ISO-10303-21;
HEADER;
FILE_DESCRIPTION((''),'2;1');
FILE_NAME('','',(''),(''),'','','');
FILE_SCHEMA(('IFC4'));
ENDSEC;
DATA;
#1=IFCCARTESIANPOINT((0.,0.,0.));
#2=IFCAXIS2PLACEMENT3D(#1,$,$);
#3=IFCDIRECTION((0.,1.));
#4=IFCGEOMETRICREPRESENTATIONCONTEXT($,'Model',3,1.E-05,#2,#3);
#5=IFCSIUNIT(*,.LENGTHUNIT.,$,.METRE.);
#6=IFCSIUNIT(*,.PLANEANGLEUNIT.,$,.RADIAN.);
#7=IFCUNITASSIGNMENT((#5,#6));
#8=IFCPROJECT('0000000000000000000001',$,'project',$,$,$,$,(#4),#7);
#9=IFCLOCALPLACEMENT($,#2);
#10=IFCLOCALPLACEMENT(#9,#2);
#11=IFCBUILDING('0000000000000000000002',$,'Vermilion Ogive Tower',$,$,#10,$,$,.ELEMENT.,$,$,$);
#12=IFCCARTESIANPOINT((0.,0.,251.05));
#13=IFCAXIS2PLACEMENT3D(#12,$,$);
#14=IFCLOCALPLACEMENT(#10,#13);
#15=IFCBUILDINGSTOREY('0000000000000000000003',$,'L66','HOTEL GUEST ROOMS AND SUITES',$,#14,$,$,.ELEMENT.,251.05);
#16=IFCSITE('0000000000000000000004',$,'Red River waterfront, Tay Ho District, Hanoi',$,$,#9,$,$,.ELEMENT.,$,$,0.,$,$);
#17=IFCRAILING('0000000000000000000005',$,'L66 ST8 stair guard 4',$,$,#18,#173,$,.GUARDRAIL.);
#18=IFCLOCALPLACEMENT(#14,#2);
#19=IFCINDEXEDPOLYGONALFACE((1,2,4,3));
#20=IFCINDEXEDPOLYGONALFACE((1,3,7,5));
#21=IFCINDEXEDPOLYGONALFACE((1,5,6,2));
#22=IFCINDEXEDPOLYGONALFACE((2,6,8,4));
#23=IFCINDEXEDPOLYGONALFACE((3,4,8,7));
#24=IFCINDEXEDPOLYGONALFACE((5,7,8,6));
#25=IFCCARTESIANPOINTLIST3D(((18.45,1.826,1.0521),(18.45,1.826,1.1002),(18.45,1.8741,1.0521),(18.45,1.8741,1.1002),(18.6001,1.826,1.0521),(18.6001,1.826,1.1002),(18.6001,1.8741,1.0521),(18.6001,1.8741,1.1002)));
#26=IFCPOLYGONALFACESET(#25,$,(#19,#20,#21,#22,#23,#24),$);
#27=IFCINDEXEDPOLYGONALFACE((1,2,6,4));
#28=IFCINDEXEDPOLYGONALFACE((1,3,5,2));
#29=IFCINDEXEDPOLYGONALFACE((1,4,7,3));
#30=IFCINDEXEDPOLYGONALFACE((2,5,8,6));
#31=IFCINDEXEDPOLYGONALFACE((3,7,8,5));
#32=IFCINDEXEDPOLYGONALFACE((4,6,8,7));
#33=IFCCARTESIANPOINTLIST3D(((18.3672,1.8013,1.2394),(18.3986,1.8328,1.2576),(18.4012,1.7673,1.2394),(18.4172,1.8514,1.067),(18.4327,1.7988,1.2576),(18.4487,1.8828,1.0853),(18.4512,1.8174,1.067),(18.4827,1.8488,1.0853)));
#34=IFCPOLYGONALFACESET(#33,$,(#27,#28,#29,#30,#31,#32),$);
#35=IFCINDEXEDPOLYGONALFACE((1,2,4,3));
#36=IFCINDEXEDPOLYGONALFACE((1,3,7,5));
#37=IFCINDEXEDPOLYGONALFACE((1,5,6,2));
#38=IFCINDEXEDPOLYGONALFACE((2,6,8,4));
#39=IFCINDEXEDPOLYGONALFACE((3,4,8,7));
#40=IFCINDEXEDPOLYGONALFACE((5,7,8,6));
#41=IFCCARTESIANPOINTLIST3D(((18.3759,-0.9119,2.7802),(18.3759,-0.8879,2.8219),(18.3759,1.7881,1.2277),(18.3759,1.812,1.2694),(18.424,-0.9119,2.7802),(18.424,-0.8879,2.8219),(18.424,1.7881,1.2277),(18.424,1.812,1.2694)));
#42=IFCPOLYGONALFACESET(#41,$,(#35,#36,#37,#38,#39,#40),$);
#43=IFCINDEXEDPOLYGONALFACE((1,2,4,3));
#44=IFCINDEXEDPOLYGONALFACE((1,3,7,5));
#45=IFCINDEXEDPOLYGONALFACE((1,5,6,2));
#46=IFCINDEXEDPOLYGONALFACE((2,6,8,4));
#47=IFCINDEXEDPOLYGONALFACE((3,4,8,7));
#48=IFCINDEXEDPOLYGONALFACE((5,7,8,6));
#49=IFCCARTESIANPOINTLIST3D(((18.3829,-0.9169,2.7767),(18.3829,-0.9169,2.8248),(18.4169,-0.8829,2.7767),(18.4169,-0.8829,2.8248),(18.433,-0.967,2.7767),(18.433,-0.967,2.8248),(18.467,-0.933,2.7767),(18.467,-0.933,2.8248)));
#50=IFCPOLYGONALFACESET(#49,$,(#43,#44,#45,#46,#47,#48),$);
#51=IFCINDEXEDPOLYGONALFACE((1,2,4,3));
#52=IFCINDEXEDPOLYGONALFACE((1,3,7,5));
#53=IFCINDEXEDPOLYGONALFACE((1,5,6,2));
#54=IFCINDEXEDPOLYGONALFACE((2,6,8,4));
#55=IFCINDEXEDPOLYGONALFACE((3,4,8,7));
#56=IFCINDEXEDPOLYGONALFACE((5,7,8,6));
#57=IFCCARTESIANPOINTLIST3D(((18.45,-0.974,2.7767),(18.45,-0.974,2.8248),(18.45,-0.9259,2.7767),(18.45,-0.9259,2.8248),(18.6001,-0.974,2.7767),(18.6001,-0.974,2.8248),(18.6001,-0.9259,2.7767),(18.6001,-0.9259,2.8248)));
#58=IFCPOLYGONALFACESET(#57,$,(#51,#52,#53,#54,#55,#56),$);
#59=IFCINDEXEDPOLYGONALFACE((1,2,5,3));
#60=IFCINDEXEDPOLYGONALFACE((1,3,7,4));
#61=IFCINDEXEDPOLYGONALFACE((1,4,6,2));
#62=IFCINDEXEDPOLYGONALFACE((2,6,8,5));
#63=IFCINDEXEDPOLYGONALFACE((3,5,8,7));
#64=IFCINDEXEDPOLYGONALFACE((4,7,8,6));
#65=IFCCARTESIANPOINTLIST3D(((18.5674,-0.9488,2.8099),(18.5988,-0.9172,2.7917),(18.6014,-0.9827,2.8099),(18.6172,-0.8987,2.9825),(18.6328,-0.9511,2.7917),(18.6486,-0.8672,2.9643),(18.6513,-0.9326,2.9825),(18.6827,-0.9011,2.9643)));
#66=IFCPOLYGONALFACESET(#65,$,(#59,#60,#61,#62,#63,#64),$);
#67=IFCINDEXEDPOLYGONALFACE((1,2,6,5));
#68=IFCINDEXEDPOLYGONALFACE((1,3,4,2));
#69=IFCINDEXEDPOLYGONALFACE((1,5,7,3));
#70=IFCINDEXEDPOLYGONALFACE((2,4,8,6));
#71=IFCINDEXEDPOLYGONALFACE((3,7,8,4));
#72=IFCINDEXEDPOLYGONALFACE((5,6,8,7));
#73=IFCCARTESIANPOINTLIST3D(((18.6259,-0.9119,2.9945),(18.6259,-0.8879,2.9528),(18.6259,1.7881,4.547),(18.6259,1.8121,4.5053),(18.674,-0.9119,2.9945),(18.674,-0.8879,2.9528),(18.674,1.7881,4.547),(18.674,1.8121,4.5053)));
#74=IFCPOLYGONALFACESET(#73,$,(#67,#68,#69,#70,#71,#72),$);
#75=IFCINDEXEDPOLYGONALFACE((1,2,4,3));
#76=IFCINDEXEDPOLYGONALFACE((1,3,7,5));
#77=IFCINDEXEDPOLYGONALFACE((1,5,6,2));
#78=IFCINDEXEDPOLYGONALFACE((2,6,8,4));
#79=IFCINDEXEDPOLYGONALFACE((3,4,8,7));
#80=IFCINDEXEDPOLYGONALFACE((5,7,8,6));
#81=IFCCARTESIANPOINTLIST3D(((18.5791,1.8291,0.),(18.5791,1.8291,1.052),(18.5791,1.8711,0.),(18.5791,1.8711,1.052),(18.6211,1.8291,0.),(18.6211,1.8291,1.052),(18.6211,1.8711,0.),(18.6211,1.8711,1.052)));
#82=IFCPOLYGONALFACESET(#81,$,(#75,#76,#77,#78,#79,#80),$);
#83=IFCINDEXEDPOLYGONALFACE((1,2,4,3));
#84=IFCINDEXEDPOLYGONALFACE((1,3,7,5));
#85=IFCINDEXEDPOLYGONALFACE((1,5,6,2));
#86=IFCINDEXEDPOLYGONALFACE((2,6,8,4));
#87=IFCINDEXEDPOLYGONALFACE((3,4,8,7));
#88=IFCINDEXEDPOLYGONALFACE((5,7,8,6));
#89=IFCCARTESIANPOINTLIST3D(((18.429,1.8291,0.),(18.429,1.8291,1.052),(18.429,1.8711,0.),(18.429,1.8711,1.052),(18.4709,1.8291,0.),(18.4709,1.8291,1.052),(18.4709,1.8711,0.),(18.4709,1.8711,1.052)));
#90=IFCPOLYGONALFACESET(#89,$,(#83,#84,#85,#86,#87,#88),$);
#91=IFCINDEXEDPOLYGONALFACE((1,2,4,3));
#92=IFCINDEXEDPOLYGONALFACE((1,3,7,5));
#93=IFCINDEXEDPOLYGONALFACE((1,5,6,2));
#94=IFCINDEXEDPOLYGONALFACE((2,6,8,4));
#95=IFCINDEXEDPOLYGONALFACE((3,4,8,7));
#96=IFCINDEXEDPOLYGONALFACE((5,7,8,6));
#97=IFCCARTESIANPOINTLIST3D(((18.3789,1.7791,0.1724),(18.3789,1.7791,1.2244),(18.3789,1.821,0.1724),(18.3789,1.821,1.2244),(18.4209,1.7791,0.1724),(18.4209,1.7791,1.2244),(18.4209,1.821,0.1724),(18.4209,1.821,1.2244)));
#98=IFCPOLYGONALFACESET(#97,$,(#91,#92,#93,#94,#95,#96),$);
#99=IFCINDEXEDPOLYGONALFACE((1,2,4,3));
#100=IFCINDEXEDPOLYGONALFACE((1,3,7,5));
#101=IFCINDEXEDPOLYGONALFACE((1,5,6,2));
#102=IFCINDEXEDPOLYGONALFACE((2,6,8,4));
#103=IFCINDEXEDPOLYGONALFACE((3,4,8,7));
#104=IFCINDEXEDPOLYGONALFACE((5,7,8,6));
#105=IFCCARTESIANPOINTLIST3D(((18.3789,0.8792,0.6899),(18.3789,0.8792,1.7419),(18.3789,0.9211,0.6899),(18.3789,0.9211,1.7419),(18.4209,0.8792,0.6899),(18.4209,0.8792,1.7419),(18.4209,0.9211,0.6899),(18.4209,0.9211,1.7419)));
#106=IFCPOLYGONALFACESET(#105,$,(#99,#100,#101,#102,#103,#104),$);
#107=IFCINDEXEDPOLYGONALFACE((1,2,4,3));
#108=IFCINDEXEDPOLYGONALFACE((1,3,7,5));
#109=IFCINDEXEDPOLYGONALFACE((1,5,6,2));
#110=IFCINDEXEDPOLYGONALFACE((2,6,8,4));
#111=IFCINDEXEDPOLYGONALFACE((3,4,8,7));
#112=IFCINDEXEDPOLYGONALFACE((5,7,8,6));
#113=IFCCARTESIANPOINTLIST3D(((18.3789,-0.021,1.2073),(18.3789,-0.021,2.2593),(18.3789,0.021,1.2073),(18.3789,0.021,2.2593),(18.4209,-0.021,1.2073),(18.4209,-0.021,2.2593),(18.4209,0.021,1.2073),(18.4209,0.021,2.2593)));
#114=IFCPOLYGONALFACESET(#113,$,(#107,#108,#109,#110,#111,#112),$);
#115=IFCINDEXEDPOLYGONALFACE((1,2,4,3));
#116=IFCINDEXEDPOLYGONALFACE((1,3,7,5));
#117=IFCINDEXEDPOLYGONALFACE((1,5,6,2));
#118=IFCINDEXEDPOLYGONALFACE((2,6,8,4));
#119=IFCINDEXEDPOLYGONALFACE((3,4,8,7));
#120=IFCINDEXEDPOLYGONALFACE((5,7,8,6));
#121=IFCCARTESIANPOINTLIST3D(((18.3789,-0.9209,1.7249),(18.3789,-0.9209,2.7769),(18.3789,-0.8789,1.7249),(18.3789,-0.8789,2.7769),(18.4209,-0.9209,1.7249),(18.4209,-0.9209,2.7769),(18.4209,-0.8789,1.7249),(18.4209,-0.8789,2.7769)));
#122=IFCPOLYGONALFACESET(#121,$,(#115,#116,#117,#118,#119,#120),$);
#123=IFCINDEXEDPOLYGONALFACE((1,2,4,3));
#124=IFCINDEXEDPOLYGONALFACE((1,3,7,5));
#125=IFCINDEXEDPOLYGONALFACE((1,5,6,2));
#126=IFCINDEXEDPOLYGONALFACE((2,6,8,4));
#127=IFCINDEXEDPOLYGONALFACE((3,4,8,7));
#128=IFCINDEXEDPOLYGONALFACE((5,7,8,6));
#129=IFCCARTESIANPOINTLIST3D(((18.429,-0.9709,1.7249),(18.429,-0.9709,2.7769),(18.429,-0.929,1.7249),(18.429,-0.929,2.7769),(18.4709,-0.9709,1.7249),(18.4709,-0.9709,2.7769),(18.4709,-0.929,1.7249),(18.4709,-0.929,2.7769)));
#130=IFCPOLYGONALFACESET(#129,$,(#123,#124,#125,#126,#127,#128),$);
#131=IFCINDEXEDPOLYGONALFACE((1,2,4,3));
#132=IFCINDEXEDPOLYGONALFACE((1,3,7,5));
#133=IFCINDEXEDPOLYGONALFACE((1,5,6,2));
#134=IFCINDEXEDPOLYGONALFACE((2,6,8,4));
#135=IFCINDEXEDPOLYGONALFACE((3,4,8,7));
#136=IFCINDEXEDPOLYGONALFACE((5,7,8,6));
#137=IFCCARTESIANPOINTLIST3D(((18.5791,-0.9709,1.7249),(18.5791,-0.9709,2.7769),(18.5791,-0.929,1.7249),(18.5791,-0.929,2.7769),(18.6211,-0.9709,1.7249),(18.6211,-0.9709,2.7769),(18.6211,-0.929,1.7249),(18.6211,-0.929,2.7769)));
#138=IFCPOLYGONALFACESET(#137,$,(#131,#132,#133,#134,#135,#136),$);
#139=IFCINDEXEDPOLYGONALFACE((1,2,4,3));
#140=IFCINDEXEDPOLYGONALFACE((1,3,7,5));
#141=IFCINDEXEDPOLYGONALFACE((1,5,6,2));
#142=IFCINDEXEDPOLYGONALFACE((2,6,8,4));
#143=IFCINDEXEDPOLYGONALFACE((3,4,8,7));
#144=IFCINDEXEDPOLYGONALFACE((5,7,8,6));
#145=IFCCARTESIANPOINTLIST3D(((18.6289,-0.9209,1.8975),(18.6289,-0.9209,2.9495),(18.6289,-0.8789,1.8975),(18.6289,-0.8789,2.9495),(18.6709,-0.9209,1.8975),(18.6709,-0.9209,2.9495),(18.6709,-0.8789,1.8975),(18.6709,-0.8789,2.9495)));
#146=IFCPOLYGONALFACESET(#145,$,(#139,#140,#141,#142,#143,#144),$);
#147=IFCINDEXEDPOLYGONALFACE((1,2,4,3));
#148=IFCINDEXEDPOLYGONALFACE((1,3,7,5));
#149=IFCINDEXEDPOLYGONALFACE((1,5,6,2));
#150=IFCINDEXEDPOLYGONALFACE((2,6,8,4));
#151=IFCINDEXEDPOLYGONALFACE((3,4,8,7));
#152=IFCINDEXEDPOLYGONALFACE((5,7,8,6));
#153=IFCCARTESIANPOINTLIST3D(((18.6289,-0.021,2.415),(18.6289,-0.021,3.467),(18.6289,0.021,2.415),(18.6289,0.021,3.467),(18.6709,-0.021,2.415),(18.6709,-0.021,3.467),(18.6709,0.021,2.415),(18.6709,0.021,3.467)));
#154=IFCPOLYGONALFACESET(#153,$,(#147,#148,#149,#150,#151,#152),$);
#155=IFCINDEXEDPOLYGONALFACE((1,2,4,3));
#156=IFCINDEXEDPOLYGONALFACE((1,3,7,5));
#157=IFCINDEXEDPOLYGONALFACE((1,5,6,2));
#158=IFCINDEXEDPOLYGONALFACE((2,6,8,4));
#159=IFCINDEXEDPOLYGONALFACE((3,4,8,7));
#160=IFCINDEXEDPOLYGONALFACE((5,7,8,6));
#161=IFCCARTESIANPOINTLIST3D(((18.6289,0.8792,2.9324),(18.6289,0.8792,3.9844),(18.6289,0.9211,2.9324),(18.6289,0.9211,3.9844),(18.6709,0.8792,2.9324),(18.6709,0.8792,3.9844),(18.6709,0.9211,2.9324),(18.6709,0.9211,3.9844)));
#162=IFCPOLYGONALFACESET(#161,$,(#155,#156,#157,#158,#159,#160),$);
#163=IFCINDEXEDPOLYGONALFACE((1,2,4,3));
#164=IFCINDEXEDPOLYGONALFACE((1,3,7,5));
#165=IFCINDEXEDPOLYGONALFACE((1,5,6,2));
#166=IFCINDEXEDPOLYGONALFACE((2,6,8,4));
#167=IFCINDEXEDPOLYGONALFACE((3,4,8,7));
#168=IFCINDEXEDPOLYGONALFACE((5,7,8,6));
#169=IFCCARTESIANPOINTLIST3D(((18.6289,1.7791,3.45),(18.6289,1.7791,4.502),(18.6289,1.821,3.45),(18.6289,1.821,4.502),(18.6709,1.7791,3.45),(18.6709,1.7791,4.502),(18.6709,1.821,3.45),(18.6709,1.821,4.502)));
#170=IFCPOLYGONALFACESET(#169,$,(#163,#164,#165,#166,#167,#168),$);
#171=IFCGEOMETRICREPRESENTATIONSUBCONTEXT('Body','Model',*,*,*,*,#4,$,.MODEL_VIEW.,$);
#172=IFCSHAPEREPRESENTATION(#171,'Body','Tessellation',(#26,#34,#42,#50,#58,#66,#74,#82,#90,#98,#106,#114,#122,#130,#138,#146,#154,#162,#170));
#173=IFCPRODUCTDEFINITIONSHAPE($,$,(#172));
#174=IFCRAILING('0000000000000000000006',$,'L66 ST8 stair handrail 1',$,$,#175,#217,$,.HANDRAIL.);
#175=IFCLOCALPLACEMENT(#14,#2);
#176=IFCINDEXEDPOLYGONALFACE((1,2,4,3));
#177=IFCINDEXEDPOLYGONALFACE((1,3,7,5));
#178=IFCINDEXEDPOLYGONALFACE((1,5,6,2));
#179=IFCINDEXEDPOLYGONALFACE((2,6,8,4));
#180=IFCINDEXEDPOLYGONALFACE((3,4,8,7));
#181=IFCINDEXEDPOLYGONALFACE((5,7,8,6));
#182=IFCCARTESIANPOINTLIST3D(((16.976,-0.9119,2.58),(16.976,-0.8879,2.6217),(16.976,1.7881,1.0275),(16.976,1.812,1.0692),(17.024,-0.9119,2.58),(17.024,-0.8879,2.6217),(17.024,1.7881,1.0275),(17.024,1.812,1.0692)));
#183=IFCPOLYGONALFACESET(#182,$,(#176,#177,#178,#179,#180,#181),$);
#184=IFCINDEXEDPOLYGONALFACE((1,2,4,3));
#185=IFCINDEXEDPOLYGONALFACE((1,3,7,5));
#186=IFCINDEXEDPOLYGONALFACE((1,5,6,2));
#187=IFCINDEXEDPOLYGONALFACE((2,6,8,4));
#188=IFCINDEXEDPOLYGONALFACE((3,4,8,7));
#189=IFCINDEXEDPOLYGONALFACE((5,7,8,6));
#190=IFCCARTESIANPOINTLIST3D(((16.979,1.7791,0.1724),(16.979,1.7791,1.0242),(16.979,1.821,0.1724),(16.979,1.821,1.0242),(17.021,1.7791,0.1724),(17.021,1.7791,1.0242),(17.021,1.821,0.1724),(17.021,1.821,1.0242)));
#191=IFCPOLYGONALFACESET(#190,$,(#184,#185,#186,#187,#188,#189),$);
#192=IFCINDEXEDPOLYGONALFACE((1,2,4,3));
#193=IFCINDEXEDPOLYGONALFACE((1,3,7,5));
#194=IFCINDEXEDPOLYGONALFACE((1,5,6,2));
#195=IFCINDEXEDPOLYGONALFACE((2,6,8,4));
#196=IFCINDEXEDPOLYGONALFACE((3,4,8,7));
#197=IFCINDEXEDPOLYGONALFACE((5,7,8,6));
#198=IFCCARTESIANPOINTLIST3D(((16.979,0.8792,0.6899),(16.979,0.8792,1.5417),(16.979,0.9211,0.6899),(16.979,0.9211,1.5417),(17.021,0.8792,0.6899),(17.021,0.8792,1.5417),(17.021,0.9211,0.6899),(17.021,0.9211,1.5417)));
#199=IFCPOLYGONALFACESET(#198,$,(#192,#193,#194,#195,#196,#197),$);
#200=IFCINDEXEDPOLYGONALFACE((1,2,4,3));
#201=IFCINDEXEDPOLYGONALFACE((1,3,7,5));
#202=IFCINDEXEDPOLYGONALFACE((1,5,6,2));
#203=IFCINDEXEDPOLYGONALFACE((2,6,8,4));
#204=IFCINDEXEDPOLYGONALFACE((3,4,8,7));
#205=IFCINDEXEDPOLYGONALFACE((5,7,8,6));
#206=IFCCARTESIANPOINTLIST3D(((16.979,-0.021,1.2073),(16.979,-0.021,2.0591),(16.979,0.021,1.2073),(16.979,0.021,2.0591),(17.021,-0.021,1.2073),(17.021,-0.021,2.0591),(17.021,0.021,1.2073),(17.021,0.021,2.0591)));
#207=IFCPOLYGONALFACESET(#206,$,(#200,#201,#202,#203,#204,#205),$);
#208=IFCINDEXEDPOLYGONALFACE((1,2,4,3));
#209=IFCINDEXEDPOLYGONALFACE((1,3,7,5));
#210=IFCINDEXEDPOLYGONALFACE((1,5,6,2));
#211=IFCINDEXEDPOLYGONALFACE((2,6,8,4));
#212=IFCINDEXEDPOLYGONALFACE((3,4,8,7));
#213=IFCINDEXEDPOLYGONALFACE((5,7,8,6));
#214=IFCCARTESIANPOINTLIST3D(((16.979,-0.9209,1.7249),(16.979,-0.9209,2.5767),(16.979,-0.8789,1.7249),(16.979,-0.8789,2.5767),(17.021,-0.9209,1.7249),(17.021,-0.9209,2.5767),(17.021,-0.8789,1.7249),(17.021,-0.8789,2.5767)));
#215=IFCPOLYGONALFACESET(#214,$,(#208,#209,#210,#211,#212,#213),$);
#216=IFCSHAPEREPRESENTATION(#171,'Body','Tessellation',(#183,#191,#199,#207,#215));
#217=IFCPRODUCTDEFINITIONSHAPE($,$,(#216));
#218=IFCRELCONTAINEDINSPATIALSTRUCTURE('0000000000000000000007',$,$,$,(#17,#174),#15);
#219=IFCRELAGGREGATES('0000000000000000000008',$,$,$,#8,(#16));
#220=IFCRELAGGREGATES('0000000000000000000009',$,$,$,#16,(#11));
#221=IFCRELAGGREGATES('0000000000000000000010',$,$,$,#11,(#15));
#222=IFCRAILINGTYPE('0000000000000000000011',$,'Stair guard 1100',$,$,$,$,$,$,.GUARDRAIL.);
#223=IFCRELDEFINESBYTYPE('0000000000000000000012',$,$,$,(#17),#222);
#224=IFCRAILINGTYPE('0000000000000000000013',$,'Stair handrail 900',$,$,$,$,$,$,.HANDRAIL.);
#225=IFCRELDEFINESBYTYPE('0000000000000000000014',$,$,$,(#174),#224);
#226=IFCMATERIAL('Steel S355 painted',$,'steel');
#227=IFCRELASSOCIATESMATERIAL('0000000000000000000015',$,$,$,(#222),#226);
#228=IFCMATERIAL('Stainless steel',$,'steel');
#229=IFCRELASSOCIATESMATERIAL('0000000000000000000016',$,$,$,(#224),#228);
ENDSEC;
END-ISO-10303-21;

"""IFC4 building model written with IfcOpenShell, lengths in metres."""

from ifc_helpers import new_model, si_unit, direction, frame, origin, origin_2d, place, context, subcontext, project, spatial, rectangle, extrude, material, type_object, element, save


model = new_model("IFC4")

# Units and contexts
model_context = context("Model", 3, precision=1e-05, world=origin(), true_north=direction((0.0, 1.0)))
body_context = subcontext(model_context, "Body", "Model", "MODEL_VIEW")
ifc_project = project(units=[si_unit("LENGTHUNIT", "METRE"), si_unit("PLANEANGLEUNIT", "RADIAN")], contexts=[model_context])

# Site, building, storey
site_placement = place(None, origin())
site = spatial("IfcSite", under=ifc_project, at=site_placement, Name="Red River waterfront, Tay Ho District, Hanoi", CompositionType="ELEMENT", RefElevation=0.0)
building_placement = place(site_placement, origin())
building = spatial("IfcBuilding", under=site, at=building_placement, Name="Vermilion Ogive Tower", CompositionType="ELEMENT")
storey_placement = place(building_placement, frame((0.0, 0.0, 251.05)))
storey = spatial("IfcBuildingStorey", under=building, at=storey_placement, Name="L66", Description="HOTEL GUEST ROOMS AND SUITES", CompositionType="ELEMENT", Elevation=251.05)

# Railings
ifc_material_1 = material(Name="Steel S355 painted", Category="steel")
railing_type_1 = type_object("IfcRailingType", Name="Stair guard 1100", PredefinedType="GUARDRAIL", material=ifc_material_1)
railing_1_placement = place(storey_placement, frame((18.6001, 1.8501, 0.0)))
element("IfcRailing", 1, at=railing_1_placement, inside=storey, type_object=railing_type_1, Name="L66 ST8 stair guard 4", PredefinedType="GUARDRAIL", context=body_context, shape_type="SweptSolid", body=[
    extrude(rectangle(XDim=0.0481, YDim=0.0481, at=origin_2d()), frame((0.0, 0.0, 1.0762), z_axis=(-1.0, 0.0, 0.0), x_axis=(0.0, -1.0, 0.0)), (0.0, 0.0, 1.0), 0.1501),
    extrude(rectangle(XDim=0.0481, YDim=0.0481, at=origin_2d()), frame((-0.1501, 0.0, 1.0762), z_axis=(-0.268603, -0.268603, 0.925043), x_axis=(0.707107, -0.707107, 0.0)), (0.0, 0.0, 1.0), 0.1863),
    extrude(rectangle(XDim=0.0481, YDim=0.0481, at=origin_2d()), frame((-0.2002, -0.05, 1.2485), z_axis=(0.0, -0.866904, 0.498476), x_axis=(1.0, 0.0, 0.0)), (0.0, 0.0, 1.0), 3.1145),
    extrude(rectangle(XDim=0.0481, YDim=0.0481, at=origin_2d()), frame((-0.2002, -2.75, 2.8008), z_axis=(0.707107, -0.707107, 0.0), x_axis=(0.707107, 0.707107, 0.0)), (0.0, 0.0, 1.0), 0.0708),
    extrude(rectangle(XDim=0.0481, YDim=0.0481, at=origin_2d()), frame((-0.1501, -2.8, 2.8008), z_axis=(1.0, 0.0, 0.0), x_axis=(0.0, 1.0, 0.0)), (0.0, 0.0, 1.0), 0.1501),
    extrude(rectangle(XDim=0.0481, YDim=0.0481, at=origin_2d()), frame((0.0, -2.8, 2.8008), z_axis=(0.267063, 0.268372, 0.925556), x_axis=(-0.708834, 0.705376, 0.0)), (0.0, 0.0, 1.0), 0.1865),
    extrude(rectangle(XDim=0.0481, YDim=0.0481, at=origin_2d()), frame((0.0498, -2.75, 2.9736), z_axis=(0.0, 0.866904, 0.498476), x_axis=(-1.0, 0.0, 0.0)), (0.0, 0.0, 1.0), 3.1145),
    extrude(rectangle(XDim=0.042, YDim=0.042, at=origin_2d()), origin(), (0.0, 0.0, 1.0), 1.052),
    extrude(rectangle(XDim=0.042, YDim=0.042, at=origin_2d()), frame((-0.1501, 0.0, 0.0)), (0.0, 0.0, 1.0), 1.052),
    extrude(rectangle(XDim=0.042, YDim=0.042, at=origin_2d()), frame((-0.2002, -0.05, 0.1724)), (0.0, 0.0, 1.0), 1.052),
    extrude(rectangle(XDim=0.042, YDim=0.042, at=origin_2d()), frame((-0.2002, -0.95, 0.6899)), (0.0, 0.0, 1.0), 1.052),
    extrude(rectangle(XDim=0.042, YDim=0.042, at=origin_2d()), frame((-0.2002, -1.8501, 1.2073)), (0.0, 0.0, 1.0), 1.052),
    extrude(rectangle(XDim=0.042, YDim=0.042, at=origin_2d()), frame((-0.2002, -2.75, 1.7249)), (0.0, 0.0, 1.0), 1.052),
    extrude(rectangle(XDim=0.042, YDim=0.042, at=origin_2d()), frame((-0.1501, -2.8, 1.7249)), (0.0, 0.0, 1.0), 1.052),
    extrude(rectangle(XDim=0.042, YDim=0.042, at=origin_2d()), frame((0.0, -2.8, 1.7249)), (0.0, 0.0, 1.0), 1.052),
    extrude(rectangle(XDim=0.042, YDim=0.042, at=origin_2d()), frame((0.0498, -2.75, 1.8975)), (0.0, 0.0, 1.0), 1.052),
    extrude(rectangle(XDim=0.042, YDim=0.042, at=origin_2d()), frame((0.0498, -1.8501, 2.415)), (0.0, 0.0, 1.0), 1.052),
    extrude(rectangle(XDim=0.042, YDim=0.042, at=origin_2d()), frame((0.0498, -0.95, 2.9324)), (0.0, 0.0, 1.0), 1.052),
    extrude(rectangle(XDim=0.042, YDim=0.042, at=origin_2d()), frame((0.0498, -0.05, 3.45)), (0.0, 0.0, 1.0), 1.052),
])
ifc_material_2 = material(Name="Stainless steel", Category="steel")
railing_type_2 = type_object("IfcRailingType", Name="Stair handrail 900", PredefinedType="HANDRAIL", material=ifc_material_2)
railing_2_placement = place(storey_placement, frame((17.0, 1.8, 0.1724)))
element("IfcRailing", 2, at=railing_2_placement, inside=storey, type_object=railing_type_2, Name="L66 ST8 stair handrail 1", PredefinedType="HANDRAIL", context=body_context, shape_type="SweptSolid", body=[
    extrude(rectangle(XDim=0.0481, YDim=0.0481, at=origin_2d()), frame((0.0, 0.0, 0.876), z_axis=(0.0, -0.866904, 0.498476), x_axis=(1.0, 0.0, 0.0)), (0.0, 0.0, 1.0), 3.1145),
    extrude(rectangle(XDim=0.042, YDim=0.042, at=origin_2d()), origin(), (0.0, 0.0, 1.0), 0.8518),
    extrude(rectangle(XDim=0.042, YDim=0.042, at=origin_2d()), frame((0.0, -0.8999, 0.5176)), (0.0, 0.0, 1.0), 0.8518),
    extrude(rectangle(XDim=0.042, YDim=0.042, at=origin_2d()), frame((0.0, -1.8, 1.0349)), (0.0, 0.0, 1.0), 0.8518),
    extrude(rectangle(XDim=0.042, YDim=0.042, at=origin_2d()), frame((0.0, -2.7, 1.5525)), (0.0, 0.0, 1.0), 0.8518),
])

save(model, "model.ifc")
